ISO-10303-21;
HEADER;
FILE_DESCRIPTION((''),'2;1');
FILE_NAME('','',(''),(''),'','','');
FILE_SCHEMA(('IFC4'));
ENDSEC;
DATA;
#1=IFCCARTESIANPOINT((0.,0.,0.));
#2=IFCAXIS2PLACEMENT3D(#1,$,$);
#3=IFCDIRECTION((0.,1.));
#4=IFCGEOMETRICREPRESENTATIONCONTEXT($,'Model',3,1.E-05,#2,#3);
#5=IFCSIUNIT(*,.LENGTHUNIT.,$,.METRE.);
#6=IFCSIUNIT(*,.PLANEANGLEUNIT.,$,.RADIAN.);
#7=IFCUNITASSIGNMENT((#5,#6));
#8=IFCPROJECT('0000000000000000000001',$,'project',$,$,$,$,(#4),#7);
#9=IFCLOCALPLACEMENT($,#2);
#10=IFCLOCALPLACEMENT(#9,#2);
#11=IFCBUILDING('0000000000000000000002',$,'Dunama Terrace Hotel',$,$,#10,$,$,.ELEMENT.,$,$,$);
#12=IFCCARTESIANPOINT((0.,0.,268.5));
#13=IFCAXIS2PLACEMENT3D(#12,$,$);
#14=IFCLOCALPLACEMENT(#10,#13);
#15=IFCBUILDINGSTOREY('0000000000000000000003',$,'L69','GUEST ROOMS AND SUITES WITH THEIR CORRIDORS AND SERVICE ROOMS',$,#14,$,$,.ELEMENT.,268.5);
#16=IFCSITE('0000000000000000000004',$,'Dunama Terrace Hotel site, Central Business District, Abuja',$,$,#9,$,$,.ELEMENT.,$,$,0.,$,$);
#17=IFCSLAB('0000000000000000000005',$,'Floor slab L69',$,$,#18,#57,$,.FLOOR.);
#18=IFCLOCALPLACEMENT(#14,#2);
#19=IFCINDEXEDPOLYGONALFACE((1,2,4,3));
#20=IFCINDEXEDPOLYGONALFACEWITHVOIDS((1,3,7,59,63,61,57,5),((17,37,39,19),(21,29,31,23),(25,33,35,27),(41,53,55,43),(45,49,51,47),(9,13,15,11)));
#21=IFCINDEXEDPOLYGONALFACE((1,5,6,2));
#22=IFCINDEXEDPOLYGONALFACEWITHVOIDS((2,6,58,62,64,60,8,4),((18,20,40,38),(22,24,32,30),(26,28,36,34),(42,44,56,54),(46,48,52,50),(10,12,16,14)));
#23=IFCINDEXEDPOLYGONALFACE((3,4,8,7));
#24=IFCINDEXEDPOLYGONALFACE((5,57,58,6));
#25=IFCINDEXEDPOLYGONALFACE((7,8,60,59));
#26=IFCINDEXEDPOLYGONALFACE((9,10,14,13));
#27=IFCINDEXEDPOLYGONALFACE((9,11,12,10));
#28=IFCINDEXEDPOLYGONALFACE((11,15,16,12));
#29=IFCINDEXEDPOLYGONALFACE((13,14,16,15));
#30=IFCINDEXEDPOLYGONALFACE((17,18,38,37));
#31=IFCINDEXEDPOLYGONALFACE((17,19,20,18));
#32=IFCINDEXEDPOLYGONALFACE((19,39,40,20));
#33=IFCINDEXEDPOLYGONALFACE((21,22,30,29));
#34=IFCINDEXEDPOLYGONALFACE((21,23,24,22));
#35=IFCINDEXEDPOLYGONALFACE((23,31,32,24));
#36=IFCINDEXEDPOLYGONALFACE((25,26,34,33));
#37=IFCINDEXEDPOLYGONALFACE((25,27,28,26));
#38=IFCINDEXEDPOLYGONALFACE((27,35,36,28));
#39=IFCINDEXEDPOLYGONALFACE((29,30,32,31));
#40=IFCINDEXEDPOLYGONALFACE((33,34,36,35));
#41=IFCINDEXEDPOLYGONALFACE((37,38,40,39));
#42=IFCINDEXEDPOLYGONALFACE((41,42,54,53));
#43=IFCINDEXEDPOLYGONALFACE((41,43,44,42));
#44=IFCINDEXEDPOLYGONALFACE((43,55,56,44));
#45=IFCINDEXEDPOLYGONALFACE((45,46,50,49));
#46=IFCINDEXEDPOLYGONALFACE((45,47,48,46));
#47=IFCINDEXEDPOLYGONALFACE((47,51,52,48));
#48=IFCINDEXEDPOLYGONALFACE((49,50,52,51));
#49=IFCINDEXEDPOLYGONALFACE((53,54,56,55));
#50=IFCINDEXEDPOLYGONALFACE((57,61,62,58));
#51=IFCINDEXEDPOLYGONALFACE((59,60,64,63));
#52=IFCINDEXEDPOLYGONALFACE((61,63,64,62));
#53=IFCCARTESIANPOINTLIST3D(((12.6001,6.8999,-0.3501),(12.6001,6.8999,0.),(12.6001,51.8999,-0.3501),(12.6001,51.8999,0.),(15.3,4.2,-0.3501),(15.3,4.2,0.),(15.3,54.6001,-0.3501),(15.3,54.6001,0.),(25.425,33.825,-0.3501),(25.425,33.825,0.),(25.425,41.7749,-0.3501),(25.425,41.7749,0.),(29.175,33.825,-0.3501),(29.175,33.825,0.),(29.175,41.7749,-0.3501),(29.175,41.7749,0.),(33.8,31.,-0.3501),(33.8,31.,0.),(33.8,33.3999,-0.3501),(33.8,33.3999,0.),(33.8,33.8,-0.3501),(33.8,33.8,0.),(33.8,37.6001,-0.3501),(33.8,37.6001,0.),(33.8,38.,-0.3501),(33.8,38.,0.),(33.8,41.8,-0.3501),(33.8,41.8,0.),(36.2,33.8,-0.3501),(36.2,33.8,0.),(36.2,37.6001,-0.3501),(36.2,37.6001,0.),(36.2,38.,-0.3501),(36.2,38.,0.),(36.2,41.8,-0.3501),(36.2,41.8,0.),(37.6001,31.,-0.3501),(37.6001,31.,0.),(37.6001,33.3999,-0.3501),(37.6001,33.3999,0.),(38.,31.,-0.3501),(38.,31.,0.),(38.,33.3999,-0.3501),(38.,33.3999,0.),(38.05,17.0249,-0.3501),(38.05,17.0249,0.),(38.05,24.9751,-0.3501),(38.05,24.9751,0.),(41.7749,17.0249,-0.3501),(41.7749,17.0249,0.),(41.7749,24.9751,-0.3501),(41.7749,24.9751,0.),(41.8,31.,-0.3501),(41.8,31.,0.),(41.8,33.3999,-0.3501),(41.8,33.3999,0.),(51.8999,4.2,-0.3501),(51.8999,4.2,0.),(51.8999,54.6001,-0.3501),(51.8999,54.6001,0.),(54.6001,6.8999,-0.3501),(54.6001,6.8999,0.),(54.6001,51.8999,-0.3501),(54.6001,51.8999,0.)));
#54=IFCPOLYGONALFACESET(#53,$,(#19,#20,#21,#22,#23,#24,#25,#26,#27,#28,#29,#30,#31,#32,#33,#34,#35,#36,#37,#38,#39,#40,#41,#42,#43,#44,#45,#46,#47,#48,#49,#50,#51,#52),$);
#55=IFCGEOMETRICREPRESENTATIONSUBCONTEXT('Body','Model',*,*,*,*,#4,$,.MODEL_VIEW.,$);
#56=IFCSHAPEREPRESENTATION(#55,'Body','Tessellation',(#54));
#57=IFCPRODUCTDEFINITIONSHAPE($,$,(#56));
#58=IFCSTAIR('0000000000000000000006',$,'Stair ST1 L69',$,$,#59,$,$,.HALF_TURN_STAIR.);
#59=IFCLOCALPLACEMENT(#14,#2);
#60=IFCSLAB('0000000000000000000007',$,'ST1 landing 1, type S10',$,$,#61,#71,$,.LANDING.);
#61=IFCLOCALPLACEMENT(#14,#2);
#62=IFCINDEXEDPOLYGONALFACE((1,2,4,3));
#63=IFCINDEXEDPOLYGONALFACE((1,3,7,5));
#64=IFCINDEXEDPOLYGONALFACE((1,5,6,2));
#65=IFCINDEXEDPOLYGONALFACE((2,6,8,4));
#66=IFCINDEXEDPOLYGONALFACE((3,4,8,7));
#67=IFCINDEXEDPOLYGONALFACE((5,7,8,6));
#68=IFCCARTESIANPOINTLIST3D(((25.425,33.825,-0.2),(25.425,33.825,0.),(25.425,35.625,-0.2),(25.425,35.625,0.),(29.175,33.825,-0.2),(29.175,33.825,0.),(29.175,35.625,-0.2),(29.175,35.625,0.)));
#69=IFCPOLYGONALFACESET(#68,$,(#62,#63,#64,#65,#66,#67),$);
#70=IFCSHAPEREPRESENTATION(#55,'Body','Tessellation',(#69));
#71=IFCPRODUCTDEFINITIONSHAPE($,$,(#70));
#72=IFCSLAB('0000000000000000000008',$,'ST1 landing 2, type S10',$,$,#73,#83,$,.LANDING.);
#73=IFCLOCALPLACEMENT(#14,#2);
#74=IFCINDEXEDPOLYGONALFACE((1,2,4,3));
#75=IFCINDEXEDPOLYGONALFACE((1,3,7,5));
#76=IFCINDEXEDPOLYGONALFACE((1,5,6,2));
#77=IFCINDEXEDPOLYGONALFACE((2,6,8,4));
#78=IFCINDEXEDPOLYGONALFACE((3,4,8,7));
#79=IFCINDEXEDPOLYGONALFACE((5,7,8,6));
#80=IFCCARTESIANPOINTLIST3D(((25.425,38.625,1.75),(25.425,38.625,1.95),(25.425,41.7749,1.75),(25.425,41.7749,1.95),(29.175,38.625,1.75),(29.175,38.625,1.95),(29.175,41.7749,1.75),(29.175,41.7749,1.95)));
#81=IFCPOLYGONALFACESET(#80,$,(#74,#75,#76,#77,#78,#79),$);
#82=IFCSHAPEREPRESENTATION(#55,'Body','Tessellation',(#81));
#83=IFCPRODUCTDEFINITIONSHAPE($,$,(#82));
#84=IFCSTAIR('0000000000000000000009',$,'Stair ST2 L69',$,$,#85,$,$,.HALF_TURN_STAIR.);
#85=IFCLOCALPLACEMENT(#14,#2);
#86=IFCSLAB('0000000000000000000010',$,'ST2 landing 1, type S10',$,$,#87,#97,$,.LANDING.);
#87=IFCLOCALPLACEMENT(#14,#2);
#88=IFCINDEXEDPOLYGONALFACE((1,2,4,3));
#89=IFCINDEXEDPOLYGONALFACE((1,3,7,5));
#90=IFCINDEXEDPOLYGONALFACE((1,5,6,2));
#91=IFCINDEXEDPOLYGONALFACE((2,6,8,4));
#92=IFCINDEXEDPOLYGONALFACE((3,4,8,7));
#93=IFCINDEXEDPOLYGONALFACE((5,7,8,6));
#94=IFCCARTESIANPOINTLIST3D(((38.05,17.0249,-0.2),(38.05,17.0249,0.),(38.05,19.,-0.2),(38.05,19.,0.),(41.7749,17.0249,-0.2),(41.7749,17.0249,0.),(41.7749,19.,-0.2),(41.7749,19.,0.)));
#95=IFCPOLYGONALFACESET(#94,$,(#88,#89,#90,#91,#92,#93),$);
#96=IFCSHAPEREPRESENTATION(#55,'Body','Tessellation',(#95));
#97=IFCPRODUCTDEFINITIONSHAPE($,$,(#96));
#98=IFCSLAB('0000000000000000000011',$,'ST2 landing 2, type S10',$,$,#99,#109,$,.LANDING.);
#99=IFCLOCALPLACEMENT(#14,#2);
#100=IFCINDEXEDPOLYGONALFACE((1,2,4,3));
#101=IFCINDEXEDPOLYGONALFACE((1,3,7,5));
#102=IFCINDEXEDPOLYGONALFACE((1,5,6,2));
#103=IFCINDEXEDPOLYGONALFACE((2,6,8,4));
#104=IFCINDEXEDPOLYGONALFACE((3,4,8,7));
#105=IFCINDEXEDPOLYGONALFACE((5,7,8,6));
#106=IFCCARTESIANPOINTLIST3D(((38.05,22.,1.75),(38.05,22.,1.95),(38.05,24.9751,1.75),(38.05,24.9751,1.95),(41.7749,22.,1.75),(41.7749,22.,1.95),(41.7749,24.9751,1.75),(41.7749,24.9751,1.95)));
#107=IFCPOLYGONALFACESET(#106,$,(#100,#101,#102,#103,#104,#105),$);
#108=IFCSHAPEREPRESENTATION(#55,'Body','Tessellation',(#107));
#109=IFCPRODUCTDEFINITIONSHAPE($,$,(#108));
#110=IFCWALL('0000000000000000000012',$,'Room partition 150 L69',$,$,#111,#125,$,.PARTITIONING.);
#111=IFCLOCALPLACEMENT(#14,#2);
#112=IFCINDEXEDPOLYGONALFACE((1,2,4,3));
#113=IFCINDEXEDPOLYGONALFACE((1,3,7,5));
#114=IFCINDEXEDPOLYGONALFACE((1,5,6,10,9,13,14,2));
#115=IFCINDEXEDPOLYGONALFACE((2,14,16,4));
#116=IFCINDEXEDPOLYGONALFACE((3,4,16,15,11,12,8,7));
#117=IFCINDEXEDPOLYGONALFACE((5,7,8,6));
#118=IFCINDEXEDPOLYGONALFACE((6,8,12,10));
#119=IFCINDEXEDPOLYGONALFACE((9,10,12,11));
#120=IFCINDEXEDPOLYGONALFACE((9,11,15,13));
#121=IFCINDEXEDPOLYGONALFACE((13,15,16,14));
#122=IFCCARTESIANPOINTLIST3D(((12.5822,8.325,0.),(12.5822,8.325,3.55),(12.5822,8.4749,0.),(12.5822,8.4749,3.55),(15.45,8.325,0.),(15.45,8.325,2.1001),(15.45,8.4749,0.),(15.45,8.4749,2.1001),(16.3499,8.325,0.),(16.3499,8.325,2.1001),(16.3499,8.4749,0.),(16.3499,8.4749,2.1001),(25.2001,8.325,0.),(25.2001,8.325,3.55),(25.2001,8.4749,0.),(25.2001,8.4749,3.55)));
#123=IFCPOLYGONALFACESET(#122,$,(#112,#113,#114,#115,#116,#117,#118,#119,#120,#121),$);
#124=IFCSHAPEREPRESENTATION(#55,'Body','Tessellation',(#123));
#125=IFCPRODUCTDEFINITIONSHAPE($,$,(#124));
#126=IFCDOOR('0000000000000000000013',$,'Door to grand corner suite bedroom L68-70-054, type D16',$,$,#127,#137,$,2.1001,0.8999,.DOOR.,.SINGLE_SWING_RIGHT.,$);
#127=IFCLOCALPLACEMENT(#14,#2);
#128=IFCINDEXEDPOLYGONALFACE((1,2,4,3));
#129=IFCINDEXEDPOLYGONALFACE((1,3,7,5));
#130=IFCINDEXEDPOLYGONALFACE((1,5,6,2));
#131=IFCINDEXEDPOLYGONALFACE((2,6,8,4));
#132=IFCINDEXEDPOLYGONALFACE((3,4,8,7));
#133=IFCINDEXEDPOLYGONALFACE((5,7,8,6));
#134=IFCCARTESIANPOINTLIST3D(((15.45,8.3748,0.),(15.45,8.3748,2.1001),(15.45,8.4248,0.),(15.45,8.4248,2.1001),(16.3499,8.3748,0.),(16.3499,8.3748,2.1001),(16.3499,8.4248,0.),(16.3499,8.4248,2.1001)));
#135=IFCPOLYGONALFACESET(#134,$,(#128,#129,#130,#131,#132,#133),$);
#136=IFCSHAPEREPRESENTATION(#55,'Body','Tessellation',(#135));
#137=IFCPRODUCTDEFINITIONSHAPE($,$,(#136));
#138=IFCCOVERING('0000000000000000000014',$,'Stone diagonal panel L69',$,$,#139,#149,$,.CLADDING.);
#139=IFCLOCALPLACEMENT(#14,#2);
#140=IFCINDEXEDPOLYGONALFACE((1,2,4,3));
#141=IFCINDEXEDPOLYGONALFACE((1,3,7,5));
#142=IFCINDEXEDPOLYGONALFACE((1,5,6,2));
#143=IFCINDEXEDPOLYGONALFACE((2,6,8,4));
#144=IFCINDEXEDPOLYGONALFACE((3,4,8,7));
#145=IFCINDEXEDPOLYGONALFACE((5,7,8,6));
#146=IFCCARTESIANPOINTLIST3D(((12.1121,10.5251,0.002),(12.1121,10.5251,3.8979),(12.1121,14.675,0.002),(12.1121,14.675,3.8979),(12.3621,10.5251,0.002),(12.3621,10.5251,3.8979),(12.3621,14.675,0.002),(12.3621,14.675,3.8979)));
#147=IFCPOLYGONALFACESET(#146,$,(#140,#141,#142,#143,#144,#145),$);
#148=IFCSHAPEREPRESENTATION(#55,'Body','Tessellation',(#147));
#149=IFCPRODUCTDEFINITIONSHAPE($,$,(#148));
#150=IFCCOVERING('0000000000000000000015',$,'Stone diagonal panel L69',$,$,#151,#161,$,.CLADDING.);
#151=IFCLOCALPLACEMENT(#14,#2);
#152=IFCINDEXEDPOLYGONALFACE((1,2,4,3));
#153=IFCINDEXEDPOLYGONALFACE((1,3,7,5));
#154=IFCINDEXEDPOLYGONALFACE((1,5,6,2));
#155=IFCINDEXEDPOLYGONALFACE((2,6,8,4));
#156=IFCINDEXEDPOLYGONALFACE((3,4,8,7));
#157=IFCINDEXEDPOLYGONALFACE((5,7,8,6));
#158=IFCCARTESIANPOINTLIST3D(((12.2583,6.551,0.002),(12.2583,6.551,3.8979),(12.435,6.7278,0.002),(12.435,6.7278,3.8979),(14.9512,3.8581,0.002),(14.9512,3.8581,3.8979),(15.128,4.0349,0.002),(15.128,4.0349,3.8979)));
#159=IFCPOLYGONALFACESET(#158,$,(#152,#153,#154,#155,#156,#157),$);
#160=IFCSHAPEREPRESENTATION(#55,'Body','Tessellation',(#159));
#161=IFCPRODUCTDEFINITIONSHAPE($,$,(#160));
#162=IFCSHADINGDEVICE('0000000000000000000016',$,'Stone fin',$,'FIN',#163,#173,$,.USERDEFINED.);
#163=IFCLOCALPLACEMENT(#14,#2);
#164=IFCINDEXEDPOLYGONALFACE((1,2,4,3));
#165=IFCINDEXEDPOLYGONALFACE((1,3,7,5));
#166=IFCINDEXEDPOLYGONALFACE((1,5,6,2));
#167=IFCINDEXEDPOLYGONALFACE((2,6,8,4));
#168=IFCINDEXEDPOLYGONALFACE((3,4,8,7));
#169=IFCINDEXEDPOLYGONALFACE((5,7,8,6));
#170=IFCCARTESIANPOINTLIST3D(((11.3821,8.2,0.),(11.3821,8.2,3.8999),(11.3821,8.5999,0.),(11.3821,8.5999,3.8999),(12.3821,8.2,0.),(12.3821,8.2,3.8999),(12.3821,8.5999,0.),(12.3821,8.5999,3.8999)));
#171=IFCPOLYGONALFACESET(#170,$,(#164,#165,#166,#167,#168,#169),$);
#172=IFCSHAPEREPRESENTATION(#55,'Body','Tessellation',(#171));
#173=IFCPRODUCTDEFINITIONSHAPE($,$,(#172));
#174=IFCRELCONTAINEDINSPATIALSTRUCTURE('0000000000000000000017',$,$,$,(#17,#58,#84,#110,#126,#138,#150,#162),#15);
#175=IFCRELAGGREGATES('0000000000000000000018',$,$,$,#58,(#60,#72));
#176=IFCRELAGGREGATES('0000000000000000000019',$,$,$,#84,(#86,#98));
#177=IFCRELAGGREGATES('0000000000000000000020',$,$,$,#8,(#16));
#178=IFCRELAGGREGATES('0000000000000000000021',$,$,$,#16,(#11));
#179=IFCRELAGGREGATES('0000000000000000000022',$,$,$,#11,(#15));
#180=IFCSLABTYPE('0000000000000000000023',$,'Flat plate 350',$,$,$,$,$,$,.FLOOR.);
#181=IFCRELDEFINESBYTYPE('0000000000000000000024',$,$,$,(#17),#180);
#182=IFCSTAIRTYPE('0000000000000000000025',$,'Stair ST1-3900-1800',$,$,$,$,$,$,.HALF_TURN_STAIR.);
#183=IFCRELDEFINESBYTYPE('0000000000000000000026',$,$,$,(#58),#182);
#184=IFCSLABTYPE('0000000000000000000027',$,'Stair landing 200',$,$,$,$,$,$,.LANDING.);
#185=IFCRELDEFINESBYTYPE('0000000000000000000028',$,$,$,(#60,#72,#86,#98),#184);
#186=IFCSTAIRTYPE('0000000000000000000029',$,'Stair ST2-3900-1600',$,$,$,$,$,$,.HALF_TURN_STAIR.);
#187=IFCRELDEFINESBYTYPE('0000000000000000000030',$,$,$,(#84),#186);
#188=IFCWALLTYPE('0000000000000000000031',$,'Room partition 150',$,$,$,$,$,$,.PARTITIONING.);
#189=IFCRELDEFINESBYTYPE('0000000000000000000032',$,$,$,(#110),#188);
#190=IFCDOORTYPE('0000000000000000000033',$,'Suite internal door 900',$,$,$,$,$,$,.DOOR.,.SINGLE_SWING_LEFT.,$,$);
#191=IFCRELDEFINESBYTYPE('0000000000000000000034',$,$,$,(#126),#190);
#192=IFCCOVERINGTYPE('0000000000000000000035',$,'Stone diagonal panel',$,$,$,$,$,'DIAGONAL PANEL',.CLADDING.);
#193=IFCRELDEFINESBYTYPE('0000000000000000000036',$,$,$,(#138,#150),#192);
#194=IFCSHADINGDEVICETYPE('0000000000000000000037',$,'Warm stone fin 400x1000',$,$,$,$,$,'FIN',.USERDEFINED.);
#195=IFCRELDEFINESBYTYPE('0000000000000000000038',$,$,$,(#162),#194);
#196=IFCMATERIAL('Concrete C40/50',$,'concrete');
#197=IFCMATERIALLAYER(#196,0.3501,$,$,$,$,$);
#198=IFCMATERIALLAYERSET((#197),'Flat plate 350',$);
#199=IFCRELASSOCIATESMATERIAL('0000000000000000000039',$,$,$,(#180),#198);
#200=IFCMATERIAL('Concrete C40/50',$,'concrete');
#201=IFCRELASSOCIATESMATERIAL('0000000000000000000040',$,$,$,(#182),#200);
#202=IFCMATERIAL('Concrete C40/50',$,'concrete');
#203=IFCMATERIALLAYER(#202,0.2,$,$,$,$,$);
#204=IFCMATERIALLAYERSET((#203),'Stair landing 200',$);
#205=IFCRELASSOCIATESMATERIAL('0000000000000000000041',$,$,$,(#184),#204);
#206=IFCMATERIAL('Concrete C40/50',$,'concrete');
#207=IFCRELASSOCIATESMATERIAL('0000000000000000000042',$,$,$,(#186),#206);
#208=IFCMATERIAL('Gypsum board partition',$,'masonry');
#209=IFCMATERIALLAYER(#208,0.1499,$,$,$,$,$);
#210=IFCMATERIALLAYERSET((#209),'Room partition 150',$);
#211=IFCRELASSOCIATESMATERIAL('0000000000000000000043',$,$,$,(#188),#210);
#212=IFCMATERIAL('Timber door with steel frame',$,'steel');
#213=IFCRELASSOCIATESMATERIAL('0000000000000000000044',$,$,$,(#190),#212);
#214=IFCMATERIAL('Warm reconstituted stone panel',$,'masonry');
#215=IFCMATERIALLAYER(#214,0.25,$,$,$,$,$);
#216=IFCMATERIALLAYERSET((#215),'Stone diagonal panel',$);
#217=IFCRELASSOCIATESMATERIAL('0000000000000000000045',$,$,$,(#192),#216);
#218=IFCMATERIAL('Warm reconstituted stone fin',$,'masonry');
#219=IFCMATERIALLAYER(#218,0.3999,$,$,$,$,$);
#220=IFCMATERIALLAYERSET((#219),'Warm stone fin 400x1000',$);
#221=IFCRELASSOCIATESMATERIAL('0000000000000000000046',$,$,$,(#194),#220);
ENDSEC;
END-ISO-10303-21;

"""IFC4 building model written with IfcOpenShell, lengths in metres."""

from ifc_helpers import new_model, si_unit, direction, frame, frame_2d, origin, origin_2d, place, context, subcontext, project, spatial, polyline, rectangle, outline, extrude, material, layer, layer_set, type_object, element, fill, aggregate, save


model = new_model("IFC4")

# Units and contexts
model_context = context("Model", 3, precision=1e-05, world=origin(), true_north=direction((0.0, 1.0)))
body_context = subcontext(model_context, "Body", "Model", "MODEL_VIEW")
ifc_project = project(units=[si_unit("LENGTHUNIT", "METRE"), si_unit("PLANEANGLEUNIT", "RADIAN")], contexts=[model_context])

# Site, building, storey
site_placement = place(None, origin())
site = spatial("IfcSite", under=ifc_project, at=site_placement, Name="Dunama Terrace Hotel site, Central Business District, Abuja", CompositionType="ELEMENT", RefElevation=0.0)
building_placement = place(site_placement, origin())
building = spatial("IfcBuilding", under=site, at=building_placement, Name="Dunama Terrace Hotel", CompositionType="ELEMENT")
storey_placement = place(building_placement, frame((0.0, 0.0, 268.5)))
storey = spatial("IfcBuildingStorey", under=building, at=storey_placement, Name="L69", Description="GUEST ROOMS AND SUITES WITH THEIR CORRIDORS AND SERVICE ROOMS", CompositionType="ELEMENT", Elevation=268.5)

# Slab
ifc_material_1 = material(Name="Concrete C40/50", Category="concrete")
ifc_layer_1 = layer(ifc_material_1, 0.3501)
ifc_layer_set_1 = layer_set([ifc_layer_1], Name="Flat plate 350")
slab_type_1 = type_object("IfcSlabType", Name="Flat plate 350", PredefinedType="FLOOR", material=ifc_layer_set_1)
slab_1_placement = place(storey_placement, frame((0.0, 0.0, -0.3501)))
element("IfcSlab", 1, at=slab_1_placement, inside=storey, type_object=slab_type_1, Name="Floor slab L69", PredefinedType="FLOOR", context=body_context, shape_type="SweptSolid", body=[
    extrude(outline(polyline([(15.3, 4.2), (51.8999, 4.2), (54.6001, 6.8999), (54.6001, 51.8999), (51.8999, 54.6001), (15.3, 54.6001), (12.6001, 51.8999), (12.6001, 6.8999), (15.3, 4.2)]), holes=[polyline([(37.6001, 31.0), (37.6001, 33.3999), (33.8, 33.3999), (33.8, 31.0), (37.6001, 31.0)]), polyline([(41.8, 31.0), (41.8, 33.3999), (38.0, 33.3999), (38.0, 31.0), (41.8, 31.0)]), polyline([(36.2, 38.0), (36.2, 41.8), (33.8, 41.8), (33.8, 38.0), (36.2, 38.0)]), polyline([(36.2, 33.8), (36.2, 37.6001), (33.8, 37.6001), (33.8, 33.8), (36.2, 33.8)]), polyline([(29.175, 33.825), (29.175, 41.7749), (25.425, 41.7749), (25.425, 33.825), (29.175, 33.825)]), polyline([(41.7749, 17.0249), (41.7749, 24.9751), (38.05, 24.9751), (38.05, 17.0249), (41.7749, 17.0249)])]), origin(), (0.0, 0.0, 1.0), 0.3501),
])

# Stairs, slabs
ifc_material_2 = material(Name="Concrete C40/50", Category="concrete")
stair_type_1 = type_object("IfcStairType", Name="Stair ST1-3900-1800", PredefinedType="HALF_TURN_STAIR", material=ifc_material_2)
stair_1_placement = place(storey_placement, origin())
stair_1 = element("IfcStair", 2, at=stair_1_placement, inside=storey, type_object=stair_type_1, Name="Stair ST1 L69", PredefinedType="HALF_TURN_STAIR")
ifc_material_3 = material(Name="Concrete C40/50", Category="concrete")
ifc_layer_2 = layer(ifc_material_3, 0.2)
ifc_layer_set_2 = layer_set([ifc_layer_2], Name="Stair landing 200")
slab_type_2 = type_object("IfcSlabType", Name="Stair landing 200", PredefinedType="LANDING", material=ifc_layer_set_2)
slab_2_placement = place(storey_placement, frame((0.0, 0.0, -0.2)))
slab_2 = element("IfcSlab", 3, at=slab_2_placement, type_object=slab_type_2, Name="ST1 landing 1, type S10", PredefinedType="LANDING", context=body_context, shape_type="SweptSolid", body=[
    extrude(outline(polyline([(25.425, 33.825), (29.175, 33.825), (29.175, 35.625), (25.425, 35.625), (25.425, 33.825)])), origin(), (0.0, 0.0, 1.0), 0.2),
])
slab_3_placement = place(storey_placement, frame((0.0, 0.0, 1.75)))
slab_3 = element("IfcSlab", 4, at=slab_3_placement, type_object=slab_type_2, Name="ST1 landing 2, type S10", PredefinedType="LANDING", context=body_context, shape_type="SweptSolid", body=[
    extrude(outline(polyline([(25.425, 38.625), (29.175, 38.625), (29.175, 41.7749), (25.425, 41.7749), (25.425, 38.625)])), origin(), (0.0, 0.0, 1.0), 0.2),
])
aggregate(stair_1, [slab_2, slab_3])
ifc_material_4 = material(Name="Concrete C40/50", Category="concrete")
stair_type_2 = type_object("IfcStairType", Name="Stair ST2-3900-1600", PredefinedType="HALF_TURN_STAIR", material=ifc_material_4)
stair_2_placement = place(storey_placement, origin())
stair_2 = element("IfcStair", 5, at=stair_2_placement, inside=storey, type_object=stair_type_2, Name="Stair ST2 L69", PredefinedType="HALF_TURN_STAIR")
slab_4_placement = place(storey_placement, frame((0.0, 0.0, -0.2)))
slab_4 = element("IfcSlab", 6, at=slab_4_placement, type_object=slab_type_2, Name="ST2 landing 1, type S10", PredefinedType="LANDING", context=body_context, shape_type="SweptSolid", body=[
    extrude(outline(polyline([(38.05, 17.0249), (41.7749, 17.0249), (41.7749, 19.0), (38.05, 19.0), (38.05, 17.0249)])), origin(), (0.0, 0.0, 1.0), 0.2),
])
slab_5_placement = place(storey_placement, frame((0.0, 0.0, 1.75)))
slab_5 = element("IfcSlab", 7, at=slab_5_placement, type_object=slab_type_2, Name="ST2 landing 2, type S10", PredefinedType="LANDING", context=body_context, shape_type="SweptSolid", body=[
    extrude(outline(polyline([(38.05, 22.0), (41.7749, 22.0), (41.7749, 24.9751), (38.05, 24.9751), (38.05, 22.0)])), origin(), (0.0, 0.0, 1.0), 0.2),
])
aggregate(stair_2, [slab_4, slab_5])

# Wall, opening, door
ifc_material_5 = material(Name="Gypsum board partition", Category="masonry")
ifc_layer_3 = layer(ifc_material_5, 0.1499)
ifc_layer_set_3 = layer_set([ifc_layer_3], Name="Room partition 150")
wall_type = type_object("IfcWallType", Name="Room partition 150", PredefinedType="PARTITIONING", material=ifc_layer_set_3)
wall_placement = place(storey_placement, frame((12.582, 8.3999, 0.0), z_axis=(0.0, 0.0, 1.0), x_axis=(1.0, 0.0, 0.0)))
wall = element("IfcWall", 8, at=wall_placement, inside=storey, type_object=wall_type, Name="Room partition 150 L69", PredefinedType="PARTITIONING", context=body_context, shape_type="SweptSolid", body=[
    extrude(rectangle(XDim=12.6179, YDim=0.1499, at=frame_2d((6.3091, 0.0))), origin(), (0.0, 0.0, 1.0), 3.55),
])
opening_placement = place(wall_placement, frame((2.8679, 0.0, 0.0)))
opening = element("IfcOpeningElement", 9, at=opening_placement, cuts=wall, PredefinedType="OPENING", context=body_context, shape_type="SweptSolid", body=[
    extrude(rectangle(XDim=0.8999, YDim=2.1001, at=frame_2d((0.45, 1.05))), frame((0.0, 0.085, 0.0), z_axis=(0.0, -1.0, 0.0), x_axis=(1.0, 0.0, 0.0)), (0.0, 0.0, 1.0), 0.1699),
])
ifc_material_6 = material(Name="Timber door with steel frame", Category="steel")
door_type = type_object("IfcDoorType", Name="Suite internal door 900", OperationType="SINGLE_SWING_LEFT", PredefinedType="DOOR", material=ifc_material_6)
door_placement = place(opening_placement, frame((0.8999, 0.0, 0.0), z_axis=(0.0, 0.0, 1.0), x_axis=(-1.0, 0.0, 0.0)))
door = element("IfcDoor", 10, at=door_placement, inside=storey, type_object=door_type, Name="Door to grand corner suite bedroom L68-70-054, type D16", OperationType="SINGLE_SWING_RIGHT", OverallHeight=2.1001, OverallWidth=0.8999, PredefinedType="DOOR", context=body_context, shape_type="SweptSolid", body=[
    extrude(rectangle(XDim=0.8999, YDim=2.1001, at=frame_2d((0.45, 1.05))), frame((0.0, 0.0251, 0.0), z_axis=(0.0, -1.0, 0.0), x_axis=(1.0, 0.0, 0.0)), (0.0, 0.0, 1.0), 0.05),
])
fill(opening, door)

# Coverings
ifc_material_7 = material(Name="Warm reconstituted stone panel", Category="masonry")
ifc_layer_4 = layer(ifc_material_7, 0.25)
ifc_layer_set_4 = layer_set([ifc_layer_4], Name="Stone diagonal panel")
covering_type = type_object("IfcCoveringType", Name="Stone diagonal panel", ElementType="DIAGONAL PANEL", PredefinedType="CLADDING", material=ifc_layer_set_4)
covering_1_placement = place(storey_placement, frame((12.2371, 12.6001, 0.002), z_axis=(0.0, 0.0, 1.0), x_axis=(0.0, -1.0, 0.0)))
element("IfcCovering", 11, at=covering_1_placement, inside=storey, type_object=covering_type, Name="Stone diagonal panel L69", PredefinedType="CLADDING", context=body_context, shape_type="SweptSolid", body=[
    extrude(rectangle(XDim=4.1499, YDim=0.25, at=origin_2d()), origin(), (0.0, 0.0, 1.0), 3.896),
])
covering_2_placement = place(storey_placement, frame((13.6931, 5.293, 0.002), z_axis=(0.0, 0.0, 1.0), x_axis=(0.707107, -0.707107, 0.0)))
element("IfcCovering", 12, at=covering_2_placement, inside=storey, type_object=covering_type, Name="Stone diagonal panel L69", PredefinedType="CLADDING", context=body_context, shape_type="SweptSolid", body=[
    extrude(rectangle(XDim=3.8083, YDim=0.25, at=origin_2d()), origin(), (0.0, 0.0, 1.0), 3.896),
])

# Shading device
ifc_material_8 = material(Name="Warm reconstituted stone fin", Category="masonry")
ifc_layer_5 = layer(ifc_material_8, 0.3999)
ifc_layer_set_5 = layer_set([ifc_layer_5], Name="Warm stone fin 400x1000")
shading_device_type = type_object("IfcShadingDeviceType", Name="Warm stone fin 400x1000", ElementType="FIN", PredefinedType="USERDEFINED", material=ifc_layer_set_5)
shading_device_placement = place(storey_placement, frame((11.8821, 8.3999, 0.0), z_axis=(0.0, 0.0, 1.0), x_axis=(0.0, -1.0, 0.0)))
element("IfcShadingDevice", 13, at=shading_device_placement, inside=storey, type_object=shading_device_type, Name="Stone fin", ObjectType="FIN", PredefinedType="USERDEFINED", context=body_context, shape_type="SweptSolid", body=[
    extrude(rectangle(XDim=0.3999, YDim=1.0, at=origin_2d()), origin(), (0.0, 0.0, 1.0), 3.8999),
])

save(model, "model.ifc")
